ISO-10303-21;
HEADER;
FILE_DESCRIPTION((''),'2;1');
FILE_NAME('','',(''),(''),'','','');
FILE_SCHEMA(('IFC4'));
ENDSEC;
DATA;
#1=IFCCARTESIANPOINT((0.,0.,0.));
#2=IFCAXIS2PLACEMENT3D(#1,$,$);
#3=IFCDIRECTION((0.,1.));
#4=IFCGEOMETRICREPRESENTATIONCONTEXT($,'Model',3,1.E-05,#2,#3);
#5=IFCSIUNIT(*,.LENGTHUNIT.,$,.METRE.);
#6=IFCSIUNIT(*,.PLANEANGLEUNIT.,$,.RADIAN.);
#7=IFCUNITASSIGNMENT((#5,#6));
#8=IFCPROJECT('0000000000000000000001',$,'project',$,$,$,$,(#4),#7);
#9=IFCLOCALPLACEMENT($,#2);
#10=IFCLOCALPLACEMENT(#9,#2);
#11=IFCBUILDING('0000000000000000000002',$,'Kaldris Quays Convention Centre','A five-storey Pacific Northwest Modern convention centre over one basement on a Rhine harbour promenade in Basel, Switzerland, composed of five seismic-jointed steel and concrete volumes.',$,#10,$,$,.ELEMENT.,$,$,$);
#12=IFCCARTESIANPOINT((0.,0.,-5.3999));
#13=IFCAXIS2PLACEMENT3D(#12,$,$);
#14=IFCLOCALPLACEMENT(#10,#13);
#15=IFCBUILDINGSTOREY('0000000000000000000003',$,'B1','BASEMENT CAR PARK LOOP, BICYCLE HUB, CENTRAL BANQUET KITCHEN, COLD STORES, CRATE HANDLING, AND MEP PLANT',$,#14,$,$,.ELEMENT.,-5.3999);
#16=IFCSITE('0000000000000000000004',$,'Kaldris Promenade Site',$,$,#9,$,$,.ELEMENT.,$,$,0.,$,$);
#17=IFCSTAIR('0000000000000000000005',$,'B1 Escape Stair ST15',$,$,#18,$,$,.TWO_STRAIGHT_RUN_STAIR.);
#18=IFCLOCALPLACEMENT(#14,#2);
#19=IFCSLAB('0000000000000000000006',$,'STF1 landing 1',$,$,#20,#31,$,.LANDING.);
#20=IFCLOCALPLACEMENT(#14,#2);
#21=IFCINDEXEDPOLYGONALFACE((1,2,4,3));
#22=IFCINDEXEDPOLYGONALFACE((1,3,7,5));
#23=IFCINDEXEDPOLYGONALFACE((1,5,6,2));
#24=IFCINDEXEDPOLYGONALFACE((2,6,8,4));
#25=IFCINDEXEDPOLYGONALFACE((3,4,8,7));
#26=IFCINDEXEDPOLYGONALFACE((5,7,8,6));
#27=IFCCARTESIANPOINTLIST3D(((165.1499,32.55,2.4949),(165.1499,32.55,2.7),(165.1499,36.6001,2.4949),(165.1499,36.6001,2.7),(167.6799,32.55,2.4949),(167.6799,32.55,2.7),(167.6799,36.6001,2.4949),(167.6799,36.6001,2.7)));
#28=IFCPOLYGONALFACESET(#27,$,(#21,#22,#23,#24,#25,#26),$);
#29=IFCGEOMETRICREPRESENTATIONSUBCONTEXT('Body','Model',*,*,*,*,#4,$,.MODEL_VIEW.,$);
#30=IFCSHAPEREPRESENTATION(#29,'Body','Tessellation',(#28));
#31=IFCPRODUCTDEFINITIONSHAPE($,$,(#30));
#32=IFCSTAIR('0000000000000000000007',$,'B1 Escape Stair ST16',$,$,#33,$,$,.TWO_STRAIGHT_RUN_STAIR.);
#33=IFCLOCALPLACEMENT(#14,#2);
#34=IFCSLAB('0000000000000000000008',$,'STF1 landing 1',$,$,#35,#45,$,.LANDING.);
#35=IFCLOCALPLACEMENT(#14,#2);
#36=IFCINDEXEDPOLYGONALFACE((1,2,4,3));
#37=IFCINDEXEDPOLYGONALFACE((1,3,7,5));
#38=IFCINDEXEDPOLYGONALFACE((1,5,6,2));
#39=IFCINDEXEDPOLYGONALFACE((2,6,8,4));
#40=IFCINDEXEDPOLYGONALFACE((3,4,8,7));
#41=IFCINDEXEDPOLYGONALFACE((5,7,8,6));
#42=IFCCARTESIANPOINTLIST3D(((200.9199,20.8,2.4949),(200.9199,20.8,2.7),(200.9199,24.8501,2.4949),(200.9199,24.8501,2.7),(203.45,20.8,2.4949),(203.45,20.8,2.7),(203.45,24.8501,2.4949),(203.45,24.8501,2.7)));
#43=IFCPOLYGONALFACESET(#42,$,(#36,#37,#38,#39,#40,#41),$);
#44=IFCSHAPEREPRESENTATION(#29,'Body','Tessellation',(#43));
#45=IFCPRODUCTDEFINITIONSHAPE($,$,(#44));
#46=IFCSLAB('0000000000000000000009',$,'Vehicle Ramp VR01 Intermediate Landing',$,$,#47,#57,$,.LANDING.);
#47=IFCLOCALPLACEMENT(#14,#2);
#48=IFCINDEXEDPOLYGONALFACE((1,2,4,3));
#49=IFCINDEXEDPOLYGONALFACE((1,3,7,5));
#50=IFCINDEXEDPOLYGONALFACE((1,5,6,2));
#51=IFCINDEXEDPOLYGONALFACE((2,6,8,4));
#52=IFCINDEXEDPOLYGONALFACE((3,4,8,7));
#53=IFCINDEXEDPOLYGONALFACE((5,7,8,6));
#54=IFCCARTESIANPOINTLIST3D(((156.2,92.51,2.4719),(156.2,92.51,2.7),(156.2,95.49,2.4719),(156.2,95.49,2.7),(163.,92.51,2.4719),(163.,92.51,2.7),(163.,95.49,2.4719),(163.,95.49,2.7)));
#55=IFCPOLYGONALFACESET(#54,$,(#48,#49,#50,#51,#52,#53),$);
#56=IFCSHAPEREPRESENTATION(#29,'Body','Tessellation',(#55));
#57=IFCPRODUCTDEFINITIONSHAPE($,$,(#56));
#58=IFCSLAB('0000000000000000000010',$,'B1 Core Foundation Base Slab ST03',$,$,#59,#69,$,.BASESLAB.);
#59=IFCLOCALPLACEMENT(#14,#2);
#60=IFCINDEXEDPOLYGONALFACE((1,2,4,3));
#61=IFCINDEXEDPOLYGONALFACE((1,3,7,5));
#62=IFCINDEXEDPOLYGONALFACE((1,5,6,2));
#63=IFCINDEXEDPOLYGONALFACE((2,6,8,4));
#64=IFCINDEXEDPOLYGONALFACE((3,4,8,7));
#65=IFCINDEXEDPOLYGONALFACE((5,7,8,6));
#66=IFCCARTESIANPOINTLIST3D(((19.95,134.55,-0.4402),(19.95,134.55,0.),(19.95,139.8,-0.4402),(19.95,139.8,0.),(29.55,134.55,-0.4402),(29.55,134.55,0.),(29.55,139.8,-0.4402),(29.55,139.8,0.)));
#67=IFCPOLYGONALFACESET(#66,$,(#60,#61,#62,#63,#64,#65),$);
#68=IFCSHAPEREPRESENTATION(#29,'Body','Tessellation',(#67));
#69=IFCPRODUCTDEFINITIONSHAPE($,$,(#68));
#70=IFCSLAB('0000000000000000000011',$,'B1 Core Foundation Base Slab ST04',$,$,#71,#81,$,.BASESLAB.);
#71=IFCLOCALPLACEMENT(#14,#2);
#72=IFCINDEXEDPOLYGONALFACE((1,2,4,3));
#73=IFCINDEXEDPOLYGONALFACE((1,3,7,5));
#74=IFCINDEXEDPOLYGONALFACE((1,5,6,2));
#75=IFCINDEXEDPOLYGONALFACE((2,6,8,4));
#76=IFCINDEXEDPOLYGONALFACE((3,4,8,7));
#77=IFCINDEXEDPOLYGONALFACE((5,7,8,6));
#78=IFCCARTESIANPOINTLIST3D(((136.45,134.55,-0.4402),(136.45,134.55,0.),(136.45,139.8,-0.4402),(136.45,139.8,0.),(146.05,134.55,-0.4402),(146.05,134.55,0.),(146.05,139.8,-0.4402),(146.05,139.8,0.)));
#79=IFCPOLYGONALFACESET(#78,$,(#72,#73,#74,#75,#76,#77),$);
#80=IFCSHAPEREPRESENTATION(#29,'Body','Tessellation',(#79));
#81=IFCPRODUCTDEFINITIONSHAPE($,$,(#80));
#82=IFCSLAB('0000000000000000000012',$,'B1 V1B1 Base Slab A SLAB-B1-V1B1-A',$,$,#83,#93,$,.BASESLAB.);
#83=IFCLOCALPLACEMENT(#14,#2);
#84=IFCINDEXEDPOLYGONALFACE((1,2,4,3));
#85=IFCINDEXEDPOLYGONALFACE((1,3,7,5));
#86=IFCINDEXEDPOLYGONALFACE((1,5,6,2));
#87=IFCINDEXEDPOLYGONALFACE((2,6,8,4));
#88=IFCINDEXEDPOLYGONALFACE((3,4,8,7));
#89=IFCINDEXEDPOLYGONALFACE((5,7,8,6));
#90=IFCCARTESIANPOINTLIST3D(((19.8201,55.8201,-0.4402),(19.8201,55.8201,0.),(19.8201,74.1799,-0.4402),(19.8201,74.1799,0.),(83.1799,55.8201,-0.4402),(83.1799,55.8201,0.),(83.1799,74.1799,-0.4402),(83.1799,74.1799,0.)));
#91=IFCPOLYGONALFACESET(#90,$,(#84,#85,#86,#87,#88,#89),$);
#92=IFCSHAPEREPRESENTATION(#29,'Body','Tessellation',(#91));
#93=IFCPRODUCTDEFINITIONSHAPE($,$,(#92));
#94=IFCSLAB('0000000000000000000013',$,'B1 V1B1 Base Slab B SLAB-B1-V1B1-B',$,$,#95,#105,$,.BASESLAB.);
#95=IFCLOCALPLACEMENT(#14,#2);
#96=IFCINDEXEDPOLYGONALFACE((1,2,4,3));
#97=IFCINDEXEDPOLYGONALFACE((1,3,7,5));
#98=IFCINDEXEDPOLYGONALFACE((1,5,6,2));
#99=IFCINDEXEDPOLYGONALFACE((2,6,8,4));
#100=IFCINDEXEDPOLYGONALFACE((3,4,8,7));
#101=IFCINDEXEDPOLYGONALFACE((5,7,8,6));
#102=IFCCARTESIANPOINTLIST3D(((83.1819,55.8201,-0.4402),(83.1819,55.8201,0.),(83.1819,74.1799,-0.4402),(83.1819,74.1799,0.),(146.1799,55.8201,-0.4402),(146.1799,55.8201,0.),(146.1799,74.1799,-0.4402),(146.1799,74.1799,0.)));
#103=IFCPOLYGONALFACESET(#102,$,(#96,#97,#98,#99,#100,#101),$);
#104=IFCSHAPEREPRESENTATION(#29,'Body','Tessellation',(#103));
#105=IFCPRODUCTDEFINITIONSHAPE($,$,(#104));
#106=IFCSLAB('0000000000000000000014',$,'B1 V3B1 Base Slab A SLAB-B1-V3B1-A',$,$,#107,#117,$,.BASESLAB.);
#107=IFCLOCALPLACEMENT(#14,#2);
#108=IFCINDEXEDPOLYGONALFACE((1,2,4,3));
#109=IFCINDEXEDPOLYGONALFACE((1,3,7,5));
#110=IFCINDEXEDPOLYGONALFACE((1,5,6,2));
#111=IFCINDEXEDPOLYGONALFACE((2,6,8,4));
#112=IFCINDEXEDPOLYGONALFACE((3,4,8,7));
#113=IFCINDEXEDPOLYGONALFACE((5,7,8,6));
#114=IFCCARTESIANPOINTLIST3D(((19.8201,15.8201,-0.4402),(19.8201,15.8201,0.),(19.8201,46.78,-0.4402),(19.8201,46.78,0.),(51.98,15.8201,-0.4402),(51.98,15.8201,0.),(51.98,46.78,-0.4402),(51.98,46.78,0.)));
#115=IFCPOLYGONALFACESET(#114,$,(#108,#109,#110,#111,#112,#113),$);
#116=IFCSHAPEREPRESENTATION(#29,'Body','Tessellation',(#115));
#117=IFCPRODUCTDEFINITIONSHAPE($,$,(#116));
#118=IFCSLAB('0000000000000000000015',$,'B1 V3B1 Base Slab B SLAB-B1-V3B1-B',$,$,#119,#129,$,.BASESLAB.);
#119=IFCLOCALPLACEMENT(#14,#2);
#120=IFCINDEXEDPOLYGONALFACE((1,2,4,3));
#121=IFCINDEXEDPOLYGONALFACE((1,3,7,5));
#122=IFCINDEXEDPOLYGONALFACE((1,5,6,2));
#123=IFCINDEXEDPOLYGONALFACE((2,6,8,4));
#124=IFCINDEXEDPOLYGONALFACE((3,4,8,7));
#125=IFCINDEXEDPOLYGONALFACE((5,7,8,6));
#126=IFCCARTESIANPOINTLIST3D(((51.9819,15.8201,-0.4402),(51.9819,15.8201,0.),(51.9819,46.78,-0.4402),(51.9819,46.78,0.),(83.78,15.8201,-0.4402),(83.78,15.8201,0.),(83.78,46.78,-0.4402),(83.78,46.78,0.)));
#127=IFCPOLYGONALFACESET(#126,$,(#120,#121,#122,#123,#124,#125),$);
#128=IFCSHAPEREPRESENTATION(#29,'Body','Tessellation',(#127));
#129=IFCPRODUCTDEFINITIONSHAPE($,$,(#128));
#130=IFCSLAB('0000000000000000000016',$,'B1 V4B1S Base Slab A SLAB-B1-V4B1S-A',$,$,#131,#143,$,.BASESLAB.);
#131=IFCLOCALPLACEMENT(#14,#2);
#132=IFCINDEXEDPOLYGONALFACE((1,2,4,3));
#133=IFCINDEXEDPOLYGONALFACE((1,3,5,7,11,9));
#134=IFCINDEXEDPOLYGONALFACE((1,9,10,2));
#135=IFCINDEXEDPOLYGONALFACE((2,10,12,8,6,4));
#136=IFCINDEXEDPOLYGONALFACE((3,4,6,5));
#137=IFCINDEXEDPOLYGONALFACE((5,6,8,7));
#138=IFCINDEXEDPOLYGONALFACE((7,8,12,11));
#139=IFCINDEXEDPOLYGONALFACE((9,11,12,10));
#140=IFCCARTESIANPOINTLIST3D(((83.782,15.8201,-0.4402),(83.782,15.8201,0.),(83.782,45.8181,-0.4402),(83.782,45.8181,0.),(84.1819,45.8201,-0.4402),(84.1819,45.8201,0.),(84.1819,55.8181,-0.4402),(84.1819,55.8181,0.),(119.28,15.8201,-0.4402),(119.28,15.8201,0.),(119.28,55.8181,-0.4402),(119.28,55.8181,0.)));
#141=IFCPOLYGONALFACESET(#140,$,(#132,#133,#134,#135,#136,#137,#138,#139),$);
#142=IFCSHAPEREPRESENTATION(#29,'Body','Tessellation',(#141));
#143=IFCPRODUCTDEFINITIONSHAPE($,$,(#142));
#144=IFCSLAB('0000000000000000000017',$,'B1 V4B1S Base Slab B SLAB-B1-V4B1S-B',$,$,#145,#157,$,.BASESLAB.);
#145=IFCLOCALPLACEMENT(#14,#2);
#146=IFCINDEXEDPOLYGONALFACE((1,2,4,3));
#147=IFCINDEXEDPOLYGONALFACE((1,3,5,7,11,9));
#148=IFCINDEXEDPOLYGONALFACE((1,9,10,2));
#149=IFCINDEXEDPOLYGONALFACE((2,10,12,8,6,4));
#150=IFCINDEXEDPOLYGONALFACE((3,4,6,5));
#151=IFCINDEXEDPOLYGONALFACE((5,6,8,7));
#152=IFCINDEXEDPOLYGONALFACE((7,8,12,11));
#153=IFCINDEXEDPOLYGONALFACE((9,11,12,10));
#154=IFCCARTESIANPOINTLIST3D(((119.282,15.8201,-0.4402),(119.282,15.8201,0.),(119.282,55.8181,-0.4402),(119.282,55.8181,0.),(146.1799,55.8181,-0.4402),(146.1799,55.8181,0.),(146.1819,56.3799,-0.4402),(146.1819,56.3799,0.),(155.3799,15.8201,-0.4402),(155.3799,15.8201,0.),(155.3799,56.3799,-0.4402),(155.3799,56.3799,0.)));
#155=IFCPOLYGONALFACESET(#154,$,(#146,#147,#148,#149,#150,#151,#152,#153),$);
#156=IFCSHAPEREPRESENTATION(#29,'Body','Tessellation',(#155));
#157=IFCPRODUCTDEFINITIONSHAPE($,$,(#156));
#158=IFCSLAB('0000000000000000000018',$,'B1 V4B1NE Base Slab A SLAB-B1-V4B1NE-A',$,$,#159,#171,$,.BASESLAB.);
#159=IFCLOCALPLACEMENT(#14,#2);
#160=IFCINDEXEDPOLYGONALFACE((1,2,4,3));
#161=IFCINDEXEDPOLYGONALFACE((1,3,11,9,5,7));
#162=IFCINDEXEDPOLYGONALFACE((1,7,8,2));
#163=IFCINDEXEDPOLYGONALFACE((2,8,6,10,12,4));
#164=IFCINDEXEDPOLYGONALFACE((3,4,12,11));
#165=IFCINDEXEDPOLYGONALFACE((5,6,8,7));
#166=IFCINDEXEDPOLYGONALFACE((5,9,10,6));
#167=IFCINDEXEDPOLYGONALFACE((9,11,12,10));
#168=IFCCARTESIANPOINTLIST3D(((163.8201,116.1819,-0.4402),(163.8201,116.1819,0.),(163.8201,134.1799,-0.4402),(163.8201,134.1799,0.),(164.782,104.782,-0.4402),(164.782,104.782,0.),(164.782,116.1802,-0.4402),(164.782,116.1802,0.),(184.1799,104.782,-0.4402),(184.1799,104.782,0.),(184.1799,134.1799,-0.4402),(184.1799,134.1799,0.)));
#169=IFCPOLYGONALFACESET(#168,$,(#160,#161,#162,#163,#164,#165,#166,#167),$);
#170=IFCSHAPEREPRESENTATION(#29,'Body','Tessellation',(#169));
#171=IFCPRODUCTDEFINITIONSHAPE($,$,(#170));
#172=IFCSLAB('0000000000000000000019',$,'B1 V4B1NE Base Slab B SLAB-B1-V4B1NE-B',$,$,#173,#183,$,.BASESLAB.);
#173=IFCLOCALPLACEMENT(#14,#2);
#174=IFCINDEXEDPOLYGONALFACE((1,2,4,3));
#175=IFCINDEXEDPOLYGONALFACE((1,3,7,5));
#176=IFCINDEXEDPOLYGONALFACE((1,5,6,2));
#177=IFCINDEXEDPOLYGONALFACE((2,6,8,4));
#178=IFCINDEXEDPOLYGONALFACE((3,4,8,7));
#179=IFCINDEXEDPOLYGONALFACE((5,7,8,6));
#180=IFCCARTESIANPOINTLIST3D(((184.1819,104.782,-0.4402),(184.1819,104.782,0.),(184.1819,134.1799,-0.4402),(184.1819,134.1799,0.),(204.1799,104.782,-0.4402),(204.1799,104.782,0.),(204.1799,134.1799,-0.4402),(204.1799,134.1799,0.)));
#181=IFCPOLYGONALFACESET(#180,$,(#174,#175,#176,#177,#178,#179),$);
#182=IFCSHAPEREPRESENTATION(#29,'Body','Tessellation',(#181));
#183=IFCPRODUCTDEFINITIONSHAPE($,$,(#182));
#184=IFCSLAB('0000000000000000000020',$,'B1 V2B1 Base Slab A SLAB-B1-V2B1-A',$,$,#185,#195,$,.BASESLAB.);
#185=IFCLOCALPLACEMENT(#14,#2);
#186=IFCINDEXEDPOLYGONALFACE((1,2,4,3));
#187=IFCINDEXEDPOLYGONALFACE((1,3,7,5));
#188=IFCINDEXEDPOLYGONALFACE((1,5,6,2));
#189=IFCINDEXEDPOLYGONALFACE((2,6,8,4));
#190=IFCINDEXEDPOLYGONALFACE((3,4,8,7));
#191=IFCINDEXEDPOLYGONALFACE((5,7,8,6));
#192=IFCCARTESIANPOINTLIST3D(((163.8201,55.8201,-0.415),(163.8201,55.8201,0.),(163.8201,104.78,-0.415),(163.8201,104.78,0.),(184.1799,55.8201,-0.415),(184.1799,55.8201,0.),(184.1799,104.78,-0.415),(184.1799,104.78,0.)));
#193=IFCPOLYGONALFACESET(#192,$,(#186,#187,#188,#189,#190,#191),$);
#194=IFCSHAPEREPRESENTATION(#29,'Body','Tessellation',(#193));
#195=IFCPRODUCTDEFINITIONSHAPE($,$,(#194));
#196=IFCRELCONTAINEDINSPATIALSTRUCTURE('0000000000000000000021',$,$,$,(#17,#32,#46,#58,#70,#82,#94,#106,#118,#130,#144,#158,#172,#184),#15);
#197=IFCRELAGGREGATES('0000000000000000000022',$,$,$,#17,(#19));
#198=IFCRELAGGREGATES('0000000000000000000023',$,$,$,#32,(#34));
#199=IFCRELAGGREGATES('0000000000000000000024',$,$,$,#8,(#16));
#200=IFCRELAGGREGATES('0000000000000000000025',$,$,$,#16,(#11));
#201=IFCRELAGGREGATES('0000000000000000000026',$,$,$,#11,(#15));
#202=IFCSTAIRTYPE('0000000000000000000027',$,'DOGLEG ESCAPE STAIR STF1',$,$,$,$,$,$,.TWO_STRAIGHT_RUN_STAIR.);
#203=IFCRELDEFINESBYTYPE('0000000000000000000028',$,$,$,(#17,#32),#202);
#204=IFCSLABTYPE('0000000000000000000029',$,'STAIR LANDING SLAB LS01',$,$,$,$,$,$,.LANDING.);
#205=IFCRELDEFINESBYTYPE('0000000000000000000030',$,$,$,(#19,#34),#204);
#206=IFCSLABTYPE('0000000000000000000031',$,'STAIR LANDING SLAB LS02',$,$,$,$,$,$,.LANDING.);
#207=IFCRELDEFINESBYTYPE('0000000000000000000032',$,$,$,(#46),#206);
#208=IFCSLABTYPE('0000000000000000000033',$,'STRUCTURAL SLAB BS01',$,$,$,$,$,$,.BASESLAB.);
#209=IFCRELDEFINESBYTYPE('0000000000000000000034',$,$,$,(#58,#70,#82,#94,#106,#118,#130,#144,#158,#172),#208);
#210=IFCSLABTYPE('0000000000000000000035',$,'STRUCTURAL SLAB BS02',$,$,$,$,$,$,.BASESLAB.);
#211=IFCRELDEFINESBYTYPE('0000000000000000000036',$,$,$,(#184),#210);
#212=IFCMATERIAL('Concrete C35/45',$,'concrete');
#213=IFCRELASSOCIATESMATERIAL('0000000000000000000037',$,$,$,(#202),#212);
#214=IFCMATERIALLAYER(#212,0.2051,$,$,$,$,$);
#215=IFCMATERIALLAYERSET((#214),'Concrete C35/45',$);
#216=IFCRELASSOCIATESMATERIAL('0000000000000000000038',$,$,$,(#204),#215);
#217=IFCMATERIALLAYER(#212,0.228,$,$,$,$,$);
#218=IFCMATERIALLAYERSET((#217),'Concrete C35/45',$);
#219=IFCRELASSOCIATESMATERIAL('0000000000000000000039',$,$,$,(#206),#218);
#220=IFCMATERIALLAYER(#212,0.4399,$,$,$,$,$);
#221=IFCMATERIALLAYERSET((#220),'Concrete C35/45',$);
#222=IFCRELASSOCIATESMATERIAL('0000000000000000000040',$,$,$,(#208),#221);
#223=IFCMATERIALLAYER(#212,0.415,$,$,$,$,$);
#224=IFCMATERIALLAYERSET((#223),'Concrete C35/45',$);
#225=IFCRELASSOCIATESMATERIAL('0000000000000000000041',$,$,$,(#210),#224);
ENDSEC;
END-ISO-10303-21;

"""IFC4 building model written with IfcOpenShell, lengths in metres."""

from ifc_helpers import new_model, si_unit, direction, frame, origin, place, context, subcontext, project, spatial, polyline, outline, extrude, material, layer, layer_set, type_object, element, aggregate, save


model = new_model("IFC4")

# Units and contexts
model_context = context("Model", 3, precision=1e-05, world=origin(), true_north=direction((0.0, 1.0)))
body_context = subcontext(model_context, "Body", "Model", "MODEL_VIEW")
ifc_project = project(units=[si_unit("LENGTHUNIT", "METRE"), si_unit("PLANEANGLEUNIT", "RADIAN")], contexts=[model_context])

# Site, building, storey
site_placement = place(None, origin())
site = spatial("IfcSite", under=ifc_project, at=site_placement, Name="Kaldris Promenade Site", CompositionType="ELEMENT", RefElevation=0.0)
building_placement = place(site_placement, origin())
building = spatial("IfcBuilding", under=site, at=building_placement, Name="Kaldris Quays Convention Centre", Description="A five-storey Pacific Northwest Modern convention centre over one basement on a Rhine harbour promenade in Basel, Switzerland, composed of five seismic-jointed steel and concrete volumes.", CompositionType="ELEMENT")
storey_placement = place(building_placement, frame((0.0, 0.0, -5.3999)))
storey = spatial("IfcBuildingStorey", under=building, at=storey_placement, Name="B1", Description="BASEMENT CAR PARK LOOP, BICYCLE HUB, CENTRAL BANQUET KITCHEN, COLD STORES, CRATE HANDLING, AND MEP PLANT", CompositionType="ELEMENT", Elevation=-5.3999)

# Shared definitions
ifc_material = material(Name="Concrete C35/45", Category="concrete")

# Stairs, slabs
stair_type = type_object("IfcStairType", Name="DOGLEG ESCAPE STAIR STF1", PredefinedType="TWO_STRAIGHT_RUN_STAIR", material=ifc_material)
ifc_layer_1 = layer(ifc_material, 0.2051)
ifc_layer_set_1 = layer_set([ifc_layer_1], Name="Concrete C35/45")
slab_type_1 = type_object("IfcSlabType", Name="STAIR LANDING SLAB LS01", PredefinedType="LANDING", material=ifc_layer_set_1)
stair_1_placement = place(storey_placement, origin())
stair_1 = element("IfcStair", 1, at=stair_1_placement, inside=storey, type_object=stair_type, Name="B1 Escape Stair ST15", PredefinedType="TWO_STRAIGHT_RUN_STAIR")
slab_1_placement = place(storey_placement, frame((0.0, 0.0, 2.4949)))
slab_1 = element("IfcSlab", 2, at=slab_1_placement, type_object=slab_type_1, Name="STF1 landing 1", PredefinedType="LANDING", context=body_context, shape_type="SweptSolid", body=[
    extrude(outline(polyline([(167.6799, 36.6001), (165.1499, 36.6001), (165.1499, 32.55), (167.6799, 32.55), (167.6799, 36.6001)])), origin(), (0.0, 0.0, 1.0), 0.2051),
])
aggregate(stair_1, [slab_1])
stair_2_placement = place(storey_placement, origin())
stair_2 = element("IfcStair", 3, at=stair_2_placement, inside=storey, type_object=stair_type, Name="B1 Escape Stair ST16", PredefinedType="TWO_STRAIGHT_RUN_STAIR")
slab_2_placement = place(storey_placement, frame((0.0, 0.0, 2.4949)))
slab_2 = element("IfcSlab", 4, at=slab_2_placement, type_object=slab_type_1, Name="STF1 landing 1", PredefinedType="LANDING", context=body_context, shape_type="SweptSolid", body=[
    extrude(outline(polyline([(200.9199, 20.8), (203.45, 20.8), (203.45, 24.8501), (200.9199, 24.8501), (200.9199, 20.8)])), origin(), (0.0, 0.0, 1.0), 0.2051),
])
aggregate(stair_2, [slab_2])

# Slabs
ifc_layer_2 = layer(ifc_material, 0.228)
ifc_layer_set_2 = layer_set([ifc_layer_2], Name="Concrete C35/45")
slab_type_2 = type_object("IfcSlabType", Name="STAIR LANDING SLAB LS02", PredefinedType="LANDING", material=ifc_layer_set_2)
slab_3_placement = place(storey_placement, frame((0.0, 0.0, 2.4719)))
element("IfcSlab", 5, at=slab_3_placement, inside=storey, type_object=slab_type_2, Name="Vehicle Ramp VR01 Intermediate Landing", PredefinedType="LANDING", context=body_context, shape_type="SweptSolid", body=[
    extrude(outline(polyline([(156.2, 92.51), (163.0, 92.51), (163.0, 95.49), (156.2, 95.49), (156.2, 92.51)])), origin(), (0.0, 0.0, 1.0), 0.228),
])
ifc_layer_3 = layer(ifc_material, 0.4399)
ifc_layer_set_3 = layer_set([ifc_layer_3], Name="Concrete C35/45")
slab_type_3 = type_object("IfcSlabType", Name="STRUCTURAL SLAB BS01", PredefinedType="BASESLAB", material=ifc_layer_set_3)
slab_4_placement = place(storey_placement, frame((0.0, 0.0, -0.4402)))
element("IfcSlab", 6, at=slab_4_placement, inside=storey, type_object=slab_type_3, Name="B1 Core Foundation Base Slab ST03", PredefinedType="BASESLAB", context=body_context, shape_type="SweptSolid", body=[
    extrude(outline(polyline([(19.95, 134.55), (29.55, 134.55), (29.55, 139.8), (19.95, 139.8), (19.95, 134.55)])), origin(), (0.0, 0.0, 1.0), 0.4402),
])
slab_5_placement = place(storey_placement, frame((0.0, 0.0, -0.4402)))
element("IfcSlab", 7, at=slab_5_placement, inside=storey, type_object=slab_type_3, Name="B1 Core Foundation Base Slab ST04", PredefinedType="BASESLAB", context=body_context, shape_type="SweptSolid", body=[
    extrude(outline(polyline([(136.45, 134.55), (146.05, 134.55), (146.05, 139.8), (136.45, 139.8), (136.45, 134.55)])), origin(), (0.0, 0.0, 1.0), 0.4402),
])
slab_6_placement = place(storey_placement, frame((0.0, 0.0, -0.4402)))
element("IfcSlab", 8, at=slab_6_placement, inside=storey, type_object=slab_type_3, Name="B1 V1B1 Base Slab A SLAB-B1-V1B1-A", PredefinedType="BASESLAB", context=body_context, shape_type="SweptSolid", body=[
    extrude(outline(polyline([(19.8201, 55.8201), (19.8201, 74.1799), (83.1799, 74.1799), (83.1799, 55.8201), (19.8201, 55.8201)])), origin(), (0.0, 0.0, 1.0), 0.4402),
])
slab_7_placement = place(storey_placement, frame((0.0, 0.0, -0.4402)))
element("IfcSlab", 9, at=slab_7_placement, inside=storey, type_object=slab_type_3, Name="B1 V1B1 Base Slab B SLAB-B1-V1B1-B", PredefinedType="BASESLAB", context=body_context, shape_type="SweptSolid", body=[
    extrude(outline(polyline([(146.1799, 74.1799), (146.1799, 55.8201), (83.1819, 55.8201), (83.1819, 74.1799), (146.1799, 74.1799)])), origin(), (0.0, 0.0, 1.0), 0.4402),
])
slab_8_placement = place(storey_placement, frame((0.0, 0.0, -0.4402)))
element("IfcSlab", 10, at=slab_8_placement, inside=storey, type_object=slab_type_3, Name="B1 V3B1 Base Slab A SLAB-B1-V3B1-A", PredefinedType="BASESLAB", context=body_context, shape_type="SweptSolid", body=[
    extrude(outline(polyline([(19.8201, 15.8201), (19.8201, 46.78), (51.98, 46.78), (51.98, 15.8201), (19.8201, 15.8201)])), origin(), (0.0, 0.0, 1.0), 0.4402),
])
slab_9_placement = place(storey_placement, frame((0.0, 0.0, -0.4402)))
element("IfcSlab", 11, at=slab_9_placement, inside=storey, type_object=slab_type_3, Name="B1 V3B1 Base Slab B SLAB-B1-V3B1-B", PredefinedType="BASESLAB", context=body_context, shape_type="SweptSolid", body=[
    extrude(outline(polyline([(83.78, 46.78), (83.78, 15.8201), (51.9819, 15.8201), (51.9819, 46.78), (83.78, 46.78)])), origin(), (0.0, 0.0, 1.0), 0.4402),
])
slab_10_placement = place(storey_placement, frame((0.0, 0.0, -0.4402)))
element("IfcSlab", 12, at=slab_10_placement, inside=storey, type_object=slab_type_3, Name="B1 V4B1S Base Slab A SLAB-B1-V4B1S-A", PredefinedType="BASESLAB", context=body_context, shape_type="SweptSolid", body=[
    extrude(outline(polyline([(119.28, 15.8201), (83.782, 15.8201), (83.782, 45.8181), (84.1819, 45.8201), (84.1819, 55.8181), (119.28, 55.8181), (119.28, 15.8201)])), origin(), (0.0, 0.0, 1.0), 0.4402),
])
slab_11_placement = place(storey_placement, frame((0.0, 0.0, -0.4402)))
element("IfcSlab", 13, at=slab_11_placement, inside=storey, type_object=slab_type_3, Name="B1 V4B1S Base Slab B SLAB-B1-V4B1S-B", PredefinedType="BASESLAB", context=body_context, shape_type="SweptSolid", body=[
    extrude(outline(polyline([(155.3799, 56.3799), (155.3799, 15.8201), (119.282, 15.8201), (119.282, 55.8181), (146.1799, 55.8181), (146.1819, 56.3799), (155.3799, 56.3799)])), origin(), (0.0, 0.0, 1.0), 0.4402),
])
slab_12_placement = place(storey_placement, frame((0.0, 0.0, -0.4402)))
element("IfcSlab", 14, at=slab_12_placement, inside=storey, type_object=slab_type_3, Name="B1 V4B1NE Base Slab A SLAB-B1-V4B1NE-A", PredefinedType="BASESLAB", context=body_context, shape_type="SweptSolid", body=[
    extrude(outline(polyline([(163.8201, 134.1799), (184.1799, 134.1799), (184.1799, 104.782), (164.782, 104.782), (164.782, 116.1802), (163.8201, 116.1819), (163.8201, 134.1799)])), origin(), (0.0, 0.0, 1.0), 0.4402),
])
slab_13_placement = place(storey_placement, frame((0.0, 0.0, -0.4402)))
element("IfcSlab", 15, at=slab_13_placement, inside=storey, type_object=slab_type_3, Name="B1 V4B1NE Base Slab B SLAB-B1-V4B1NE-B", PredefinedType="BASESLAB", context=body_context, shape_type="SweptSolid", body=[
    extrude(outline(polyline([(204.1799, 134.1799), (204.1799, 104.782), (184.1819, 104.782), (184.1819, 134.1799), (204.1799, 134.1799)])), origin(), (0.0, 0.0, 1.0), 0.4402),
])
ifc_layer_4 = layer(ifc_material, 0.415)
ifc_layer_set_4 = layer_set([ifc_layer_4], Name="Concrete C35/45")
slab_type_4 = type_object("IfcSlabType", Name="STRUCTURAL SLAB BS02", PredefinedType="BASESLAB", material=ifc_layer_set_4)
slab_14_placement = place(storey_placement, frame((0.0, 0.0, -0.415)))
element("IfcSlab", 16, at=slab_14_placement, inside=storey, type_object=slab_type_4, Name="B1 V2B1 Base Slab A SLAB-B1-V2B1-A", PredefinedType="BASESLAB", context=body_context, shape_type="SweptSolid", body=[
    extrude(outline(polyline([(163.8201, 55.8201), (163.8201, 104.78), (184.1799, 104.78), (184.1799, 55.8201), (163.8201, 55.8201)])), origin(), (0.0, 0.0, 1.0), 0.415),
])

save(model, "model.ifc")
